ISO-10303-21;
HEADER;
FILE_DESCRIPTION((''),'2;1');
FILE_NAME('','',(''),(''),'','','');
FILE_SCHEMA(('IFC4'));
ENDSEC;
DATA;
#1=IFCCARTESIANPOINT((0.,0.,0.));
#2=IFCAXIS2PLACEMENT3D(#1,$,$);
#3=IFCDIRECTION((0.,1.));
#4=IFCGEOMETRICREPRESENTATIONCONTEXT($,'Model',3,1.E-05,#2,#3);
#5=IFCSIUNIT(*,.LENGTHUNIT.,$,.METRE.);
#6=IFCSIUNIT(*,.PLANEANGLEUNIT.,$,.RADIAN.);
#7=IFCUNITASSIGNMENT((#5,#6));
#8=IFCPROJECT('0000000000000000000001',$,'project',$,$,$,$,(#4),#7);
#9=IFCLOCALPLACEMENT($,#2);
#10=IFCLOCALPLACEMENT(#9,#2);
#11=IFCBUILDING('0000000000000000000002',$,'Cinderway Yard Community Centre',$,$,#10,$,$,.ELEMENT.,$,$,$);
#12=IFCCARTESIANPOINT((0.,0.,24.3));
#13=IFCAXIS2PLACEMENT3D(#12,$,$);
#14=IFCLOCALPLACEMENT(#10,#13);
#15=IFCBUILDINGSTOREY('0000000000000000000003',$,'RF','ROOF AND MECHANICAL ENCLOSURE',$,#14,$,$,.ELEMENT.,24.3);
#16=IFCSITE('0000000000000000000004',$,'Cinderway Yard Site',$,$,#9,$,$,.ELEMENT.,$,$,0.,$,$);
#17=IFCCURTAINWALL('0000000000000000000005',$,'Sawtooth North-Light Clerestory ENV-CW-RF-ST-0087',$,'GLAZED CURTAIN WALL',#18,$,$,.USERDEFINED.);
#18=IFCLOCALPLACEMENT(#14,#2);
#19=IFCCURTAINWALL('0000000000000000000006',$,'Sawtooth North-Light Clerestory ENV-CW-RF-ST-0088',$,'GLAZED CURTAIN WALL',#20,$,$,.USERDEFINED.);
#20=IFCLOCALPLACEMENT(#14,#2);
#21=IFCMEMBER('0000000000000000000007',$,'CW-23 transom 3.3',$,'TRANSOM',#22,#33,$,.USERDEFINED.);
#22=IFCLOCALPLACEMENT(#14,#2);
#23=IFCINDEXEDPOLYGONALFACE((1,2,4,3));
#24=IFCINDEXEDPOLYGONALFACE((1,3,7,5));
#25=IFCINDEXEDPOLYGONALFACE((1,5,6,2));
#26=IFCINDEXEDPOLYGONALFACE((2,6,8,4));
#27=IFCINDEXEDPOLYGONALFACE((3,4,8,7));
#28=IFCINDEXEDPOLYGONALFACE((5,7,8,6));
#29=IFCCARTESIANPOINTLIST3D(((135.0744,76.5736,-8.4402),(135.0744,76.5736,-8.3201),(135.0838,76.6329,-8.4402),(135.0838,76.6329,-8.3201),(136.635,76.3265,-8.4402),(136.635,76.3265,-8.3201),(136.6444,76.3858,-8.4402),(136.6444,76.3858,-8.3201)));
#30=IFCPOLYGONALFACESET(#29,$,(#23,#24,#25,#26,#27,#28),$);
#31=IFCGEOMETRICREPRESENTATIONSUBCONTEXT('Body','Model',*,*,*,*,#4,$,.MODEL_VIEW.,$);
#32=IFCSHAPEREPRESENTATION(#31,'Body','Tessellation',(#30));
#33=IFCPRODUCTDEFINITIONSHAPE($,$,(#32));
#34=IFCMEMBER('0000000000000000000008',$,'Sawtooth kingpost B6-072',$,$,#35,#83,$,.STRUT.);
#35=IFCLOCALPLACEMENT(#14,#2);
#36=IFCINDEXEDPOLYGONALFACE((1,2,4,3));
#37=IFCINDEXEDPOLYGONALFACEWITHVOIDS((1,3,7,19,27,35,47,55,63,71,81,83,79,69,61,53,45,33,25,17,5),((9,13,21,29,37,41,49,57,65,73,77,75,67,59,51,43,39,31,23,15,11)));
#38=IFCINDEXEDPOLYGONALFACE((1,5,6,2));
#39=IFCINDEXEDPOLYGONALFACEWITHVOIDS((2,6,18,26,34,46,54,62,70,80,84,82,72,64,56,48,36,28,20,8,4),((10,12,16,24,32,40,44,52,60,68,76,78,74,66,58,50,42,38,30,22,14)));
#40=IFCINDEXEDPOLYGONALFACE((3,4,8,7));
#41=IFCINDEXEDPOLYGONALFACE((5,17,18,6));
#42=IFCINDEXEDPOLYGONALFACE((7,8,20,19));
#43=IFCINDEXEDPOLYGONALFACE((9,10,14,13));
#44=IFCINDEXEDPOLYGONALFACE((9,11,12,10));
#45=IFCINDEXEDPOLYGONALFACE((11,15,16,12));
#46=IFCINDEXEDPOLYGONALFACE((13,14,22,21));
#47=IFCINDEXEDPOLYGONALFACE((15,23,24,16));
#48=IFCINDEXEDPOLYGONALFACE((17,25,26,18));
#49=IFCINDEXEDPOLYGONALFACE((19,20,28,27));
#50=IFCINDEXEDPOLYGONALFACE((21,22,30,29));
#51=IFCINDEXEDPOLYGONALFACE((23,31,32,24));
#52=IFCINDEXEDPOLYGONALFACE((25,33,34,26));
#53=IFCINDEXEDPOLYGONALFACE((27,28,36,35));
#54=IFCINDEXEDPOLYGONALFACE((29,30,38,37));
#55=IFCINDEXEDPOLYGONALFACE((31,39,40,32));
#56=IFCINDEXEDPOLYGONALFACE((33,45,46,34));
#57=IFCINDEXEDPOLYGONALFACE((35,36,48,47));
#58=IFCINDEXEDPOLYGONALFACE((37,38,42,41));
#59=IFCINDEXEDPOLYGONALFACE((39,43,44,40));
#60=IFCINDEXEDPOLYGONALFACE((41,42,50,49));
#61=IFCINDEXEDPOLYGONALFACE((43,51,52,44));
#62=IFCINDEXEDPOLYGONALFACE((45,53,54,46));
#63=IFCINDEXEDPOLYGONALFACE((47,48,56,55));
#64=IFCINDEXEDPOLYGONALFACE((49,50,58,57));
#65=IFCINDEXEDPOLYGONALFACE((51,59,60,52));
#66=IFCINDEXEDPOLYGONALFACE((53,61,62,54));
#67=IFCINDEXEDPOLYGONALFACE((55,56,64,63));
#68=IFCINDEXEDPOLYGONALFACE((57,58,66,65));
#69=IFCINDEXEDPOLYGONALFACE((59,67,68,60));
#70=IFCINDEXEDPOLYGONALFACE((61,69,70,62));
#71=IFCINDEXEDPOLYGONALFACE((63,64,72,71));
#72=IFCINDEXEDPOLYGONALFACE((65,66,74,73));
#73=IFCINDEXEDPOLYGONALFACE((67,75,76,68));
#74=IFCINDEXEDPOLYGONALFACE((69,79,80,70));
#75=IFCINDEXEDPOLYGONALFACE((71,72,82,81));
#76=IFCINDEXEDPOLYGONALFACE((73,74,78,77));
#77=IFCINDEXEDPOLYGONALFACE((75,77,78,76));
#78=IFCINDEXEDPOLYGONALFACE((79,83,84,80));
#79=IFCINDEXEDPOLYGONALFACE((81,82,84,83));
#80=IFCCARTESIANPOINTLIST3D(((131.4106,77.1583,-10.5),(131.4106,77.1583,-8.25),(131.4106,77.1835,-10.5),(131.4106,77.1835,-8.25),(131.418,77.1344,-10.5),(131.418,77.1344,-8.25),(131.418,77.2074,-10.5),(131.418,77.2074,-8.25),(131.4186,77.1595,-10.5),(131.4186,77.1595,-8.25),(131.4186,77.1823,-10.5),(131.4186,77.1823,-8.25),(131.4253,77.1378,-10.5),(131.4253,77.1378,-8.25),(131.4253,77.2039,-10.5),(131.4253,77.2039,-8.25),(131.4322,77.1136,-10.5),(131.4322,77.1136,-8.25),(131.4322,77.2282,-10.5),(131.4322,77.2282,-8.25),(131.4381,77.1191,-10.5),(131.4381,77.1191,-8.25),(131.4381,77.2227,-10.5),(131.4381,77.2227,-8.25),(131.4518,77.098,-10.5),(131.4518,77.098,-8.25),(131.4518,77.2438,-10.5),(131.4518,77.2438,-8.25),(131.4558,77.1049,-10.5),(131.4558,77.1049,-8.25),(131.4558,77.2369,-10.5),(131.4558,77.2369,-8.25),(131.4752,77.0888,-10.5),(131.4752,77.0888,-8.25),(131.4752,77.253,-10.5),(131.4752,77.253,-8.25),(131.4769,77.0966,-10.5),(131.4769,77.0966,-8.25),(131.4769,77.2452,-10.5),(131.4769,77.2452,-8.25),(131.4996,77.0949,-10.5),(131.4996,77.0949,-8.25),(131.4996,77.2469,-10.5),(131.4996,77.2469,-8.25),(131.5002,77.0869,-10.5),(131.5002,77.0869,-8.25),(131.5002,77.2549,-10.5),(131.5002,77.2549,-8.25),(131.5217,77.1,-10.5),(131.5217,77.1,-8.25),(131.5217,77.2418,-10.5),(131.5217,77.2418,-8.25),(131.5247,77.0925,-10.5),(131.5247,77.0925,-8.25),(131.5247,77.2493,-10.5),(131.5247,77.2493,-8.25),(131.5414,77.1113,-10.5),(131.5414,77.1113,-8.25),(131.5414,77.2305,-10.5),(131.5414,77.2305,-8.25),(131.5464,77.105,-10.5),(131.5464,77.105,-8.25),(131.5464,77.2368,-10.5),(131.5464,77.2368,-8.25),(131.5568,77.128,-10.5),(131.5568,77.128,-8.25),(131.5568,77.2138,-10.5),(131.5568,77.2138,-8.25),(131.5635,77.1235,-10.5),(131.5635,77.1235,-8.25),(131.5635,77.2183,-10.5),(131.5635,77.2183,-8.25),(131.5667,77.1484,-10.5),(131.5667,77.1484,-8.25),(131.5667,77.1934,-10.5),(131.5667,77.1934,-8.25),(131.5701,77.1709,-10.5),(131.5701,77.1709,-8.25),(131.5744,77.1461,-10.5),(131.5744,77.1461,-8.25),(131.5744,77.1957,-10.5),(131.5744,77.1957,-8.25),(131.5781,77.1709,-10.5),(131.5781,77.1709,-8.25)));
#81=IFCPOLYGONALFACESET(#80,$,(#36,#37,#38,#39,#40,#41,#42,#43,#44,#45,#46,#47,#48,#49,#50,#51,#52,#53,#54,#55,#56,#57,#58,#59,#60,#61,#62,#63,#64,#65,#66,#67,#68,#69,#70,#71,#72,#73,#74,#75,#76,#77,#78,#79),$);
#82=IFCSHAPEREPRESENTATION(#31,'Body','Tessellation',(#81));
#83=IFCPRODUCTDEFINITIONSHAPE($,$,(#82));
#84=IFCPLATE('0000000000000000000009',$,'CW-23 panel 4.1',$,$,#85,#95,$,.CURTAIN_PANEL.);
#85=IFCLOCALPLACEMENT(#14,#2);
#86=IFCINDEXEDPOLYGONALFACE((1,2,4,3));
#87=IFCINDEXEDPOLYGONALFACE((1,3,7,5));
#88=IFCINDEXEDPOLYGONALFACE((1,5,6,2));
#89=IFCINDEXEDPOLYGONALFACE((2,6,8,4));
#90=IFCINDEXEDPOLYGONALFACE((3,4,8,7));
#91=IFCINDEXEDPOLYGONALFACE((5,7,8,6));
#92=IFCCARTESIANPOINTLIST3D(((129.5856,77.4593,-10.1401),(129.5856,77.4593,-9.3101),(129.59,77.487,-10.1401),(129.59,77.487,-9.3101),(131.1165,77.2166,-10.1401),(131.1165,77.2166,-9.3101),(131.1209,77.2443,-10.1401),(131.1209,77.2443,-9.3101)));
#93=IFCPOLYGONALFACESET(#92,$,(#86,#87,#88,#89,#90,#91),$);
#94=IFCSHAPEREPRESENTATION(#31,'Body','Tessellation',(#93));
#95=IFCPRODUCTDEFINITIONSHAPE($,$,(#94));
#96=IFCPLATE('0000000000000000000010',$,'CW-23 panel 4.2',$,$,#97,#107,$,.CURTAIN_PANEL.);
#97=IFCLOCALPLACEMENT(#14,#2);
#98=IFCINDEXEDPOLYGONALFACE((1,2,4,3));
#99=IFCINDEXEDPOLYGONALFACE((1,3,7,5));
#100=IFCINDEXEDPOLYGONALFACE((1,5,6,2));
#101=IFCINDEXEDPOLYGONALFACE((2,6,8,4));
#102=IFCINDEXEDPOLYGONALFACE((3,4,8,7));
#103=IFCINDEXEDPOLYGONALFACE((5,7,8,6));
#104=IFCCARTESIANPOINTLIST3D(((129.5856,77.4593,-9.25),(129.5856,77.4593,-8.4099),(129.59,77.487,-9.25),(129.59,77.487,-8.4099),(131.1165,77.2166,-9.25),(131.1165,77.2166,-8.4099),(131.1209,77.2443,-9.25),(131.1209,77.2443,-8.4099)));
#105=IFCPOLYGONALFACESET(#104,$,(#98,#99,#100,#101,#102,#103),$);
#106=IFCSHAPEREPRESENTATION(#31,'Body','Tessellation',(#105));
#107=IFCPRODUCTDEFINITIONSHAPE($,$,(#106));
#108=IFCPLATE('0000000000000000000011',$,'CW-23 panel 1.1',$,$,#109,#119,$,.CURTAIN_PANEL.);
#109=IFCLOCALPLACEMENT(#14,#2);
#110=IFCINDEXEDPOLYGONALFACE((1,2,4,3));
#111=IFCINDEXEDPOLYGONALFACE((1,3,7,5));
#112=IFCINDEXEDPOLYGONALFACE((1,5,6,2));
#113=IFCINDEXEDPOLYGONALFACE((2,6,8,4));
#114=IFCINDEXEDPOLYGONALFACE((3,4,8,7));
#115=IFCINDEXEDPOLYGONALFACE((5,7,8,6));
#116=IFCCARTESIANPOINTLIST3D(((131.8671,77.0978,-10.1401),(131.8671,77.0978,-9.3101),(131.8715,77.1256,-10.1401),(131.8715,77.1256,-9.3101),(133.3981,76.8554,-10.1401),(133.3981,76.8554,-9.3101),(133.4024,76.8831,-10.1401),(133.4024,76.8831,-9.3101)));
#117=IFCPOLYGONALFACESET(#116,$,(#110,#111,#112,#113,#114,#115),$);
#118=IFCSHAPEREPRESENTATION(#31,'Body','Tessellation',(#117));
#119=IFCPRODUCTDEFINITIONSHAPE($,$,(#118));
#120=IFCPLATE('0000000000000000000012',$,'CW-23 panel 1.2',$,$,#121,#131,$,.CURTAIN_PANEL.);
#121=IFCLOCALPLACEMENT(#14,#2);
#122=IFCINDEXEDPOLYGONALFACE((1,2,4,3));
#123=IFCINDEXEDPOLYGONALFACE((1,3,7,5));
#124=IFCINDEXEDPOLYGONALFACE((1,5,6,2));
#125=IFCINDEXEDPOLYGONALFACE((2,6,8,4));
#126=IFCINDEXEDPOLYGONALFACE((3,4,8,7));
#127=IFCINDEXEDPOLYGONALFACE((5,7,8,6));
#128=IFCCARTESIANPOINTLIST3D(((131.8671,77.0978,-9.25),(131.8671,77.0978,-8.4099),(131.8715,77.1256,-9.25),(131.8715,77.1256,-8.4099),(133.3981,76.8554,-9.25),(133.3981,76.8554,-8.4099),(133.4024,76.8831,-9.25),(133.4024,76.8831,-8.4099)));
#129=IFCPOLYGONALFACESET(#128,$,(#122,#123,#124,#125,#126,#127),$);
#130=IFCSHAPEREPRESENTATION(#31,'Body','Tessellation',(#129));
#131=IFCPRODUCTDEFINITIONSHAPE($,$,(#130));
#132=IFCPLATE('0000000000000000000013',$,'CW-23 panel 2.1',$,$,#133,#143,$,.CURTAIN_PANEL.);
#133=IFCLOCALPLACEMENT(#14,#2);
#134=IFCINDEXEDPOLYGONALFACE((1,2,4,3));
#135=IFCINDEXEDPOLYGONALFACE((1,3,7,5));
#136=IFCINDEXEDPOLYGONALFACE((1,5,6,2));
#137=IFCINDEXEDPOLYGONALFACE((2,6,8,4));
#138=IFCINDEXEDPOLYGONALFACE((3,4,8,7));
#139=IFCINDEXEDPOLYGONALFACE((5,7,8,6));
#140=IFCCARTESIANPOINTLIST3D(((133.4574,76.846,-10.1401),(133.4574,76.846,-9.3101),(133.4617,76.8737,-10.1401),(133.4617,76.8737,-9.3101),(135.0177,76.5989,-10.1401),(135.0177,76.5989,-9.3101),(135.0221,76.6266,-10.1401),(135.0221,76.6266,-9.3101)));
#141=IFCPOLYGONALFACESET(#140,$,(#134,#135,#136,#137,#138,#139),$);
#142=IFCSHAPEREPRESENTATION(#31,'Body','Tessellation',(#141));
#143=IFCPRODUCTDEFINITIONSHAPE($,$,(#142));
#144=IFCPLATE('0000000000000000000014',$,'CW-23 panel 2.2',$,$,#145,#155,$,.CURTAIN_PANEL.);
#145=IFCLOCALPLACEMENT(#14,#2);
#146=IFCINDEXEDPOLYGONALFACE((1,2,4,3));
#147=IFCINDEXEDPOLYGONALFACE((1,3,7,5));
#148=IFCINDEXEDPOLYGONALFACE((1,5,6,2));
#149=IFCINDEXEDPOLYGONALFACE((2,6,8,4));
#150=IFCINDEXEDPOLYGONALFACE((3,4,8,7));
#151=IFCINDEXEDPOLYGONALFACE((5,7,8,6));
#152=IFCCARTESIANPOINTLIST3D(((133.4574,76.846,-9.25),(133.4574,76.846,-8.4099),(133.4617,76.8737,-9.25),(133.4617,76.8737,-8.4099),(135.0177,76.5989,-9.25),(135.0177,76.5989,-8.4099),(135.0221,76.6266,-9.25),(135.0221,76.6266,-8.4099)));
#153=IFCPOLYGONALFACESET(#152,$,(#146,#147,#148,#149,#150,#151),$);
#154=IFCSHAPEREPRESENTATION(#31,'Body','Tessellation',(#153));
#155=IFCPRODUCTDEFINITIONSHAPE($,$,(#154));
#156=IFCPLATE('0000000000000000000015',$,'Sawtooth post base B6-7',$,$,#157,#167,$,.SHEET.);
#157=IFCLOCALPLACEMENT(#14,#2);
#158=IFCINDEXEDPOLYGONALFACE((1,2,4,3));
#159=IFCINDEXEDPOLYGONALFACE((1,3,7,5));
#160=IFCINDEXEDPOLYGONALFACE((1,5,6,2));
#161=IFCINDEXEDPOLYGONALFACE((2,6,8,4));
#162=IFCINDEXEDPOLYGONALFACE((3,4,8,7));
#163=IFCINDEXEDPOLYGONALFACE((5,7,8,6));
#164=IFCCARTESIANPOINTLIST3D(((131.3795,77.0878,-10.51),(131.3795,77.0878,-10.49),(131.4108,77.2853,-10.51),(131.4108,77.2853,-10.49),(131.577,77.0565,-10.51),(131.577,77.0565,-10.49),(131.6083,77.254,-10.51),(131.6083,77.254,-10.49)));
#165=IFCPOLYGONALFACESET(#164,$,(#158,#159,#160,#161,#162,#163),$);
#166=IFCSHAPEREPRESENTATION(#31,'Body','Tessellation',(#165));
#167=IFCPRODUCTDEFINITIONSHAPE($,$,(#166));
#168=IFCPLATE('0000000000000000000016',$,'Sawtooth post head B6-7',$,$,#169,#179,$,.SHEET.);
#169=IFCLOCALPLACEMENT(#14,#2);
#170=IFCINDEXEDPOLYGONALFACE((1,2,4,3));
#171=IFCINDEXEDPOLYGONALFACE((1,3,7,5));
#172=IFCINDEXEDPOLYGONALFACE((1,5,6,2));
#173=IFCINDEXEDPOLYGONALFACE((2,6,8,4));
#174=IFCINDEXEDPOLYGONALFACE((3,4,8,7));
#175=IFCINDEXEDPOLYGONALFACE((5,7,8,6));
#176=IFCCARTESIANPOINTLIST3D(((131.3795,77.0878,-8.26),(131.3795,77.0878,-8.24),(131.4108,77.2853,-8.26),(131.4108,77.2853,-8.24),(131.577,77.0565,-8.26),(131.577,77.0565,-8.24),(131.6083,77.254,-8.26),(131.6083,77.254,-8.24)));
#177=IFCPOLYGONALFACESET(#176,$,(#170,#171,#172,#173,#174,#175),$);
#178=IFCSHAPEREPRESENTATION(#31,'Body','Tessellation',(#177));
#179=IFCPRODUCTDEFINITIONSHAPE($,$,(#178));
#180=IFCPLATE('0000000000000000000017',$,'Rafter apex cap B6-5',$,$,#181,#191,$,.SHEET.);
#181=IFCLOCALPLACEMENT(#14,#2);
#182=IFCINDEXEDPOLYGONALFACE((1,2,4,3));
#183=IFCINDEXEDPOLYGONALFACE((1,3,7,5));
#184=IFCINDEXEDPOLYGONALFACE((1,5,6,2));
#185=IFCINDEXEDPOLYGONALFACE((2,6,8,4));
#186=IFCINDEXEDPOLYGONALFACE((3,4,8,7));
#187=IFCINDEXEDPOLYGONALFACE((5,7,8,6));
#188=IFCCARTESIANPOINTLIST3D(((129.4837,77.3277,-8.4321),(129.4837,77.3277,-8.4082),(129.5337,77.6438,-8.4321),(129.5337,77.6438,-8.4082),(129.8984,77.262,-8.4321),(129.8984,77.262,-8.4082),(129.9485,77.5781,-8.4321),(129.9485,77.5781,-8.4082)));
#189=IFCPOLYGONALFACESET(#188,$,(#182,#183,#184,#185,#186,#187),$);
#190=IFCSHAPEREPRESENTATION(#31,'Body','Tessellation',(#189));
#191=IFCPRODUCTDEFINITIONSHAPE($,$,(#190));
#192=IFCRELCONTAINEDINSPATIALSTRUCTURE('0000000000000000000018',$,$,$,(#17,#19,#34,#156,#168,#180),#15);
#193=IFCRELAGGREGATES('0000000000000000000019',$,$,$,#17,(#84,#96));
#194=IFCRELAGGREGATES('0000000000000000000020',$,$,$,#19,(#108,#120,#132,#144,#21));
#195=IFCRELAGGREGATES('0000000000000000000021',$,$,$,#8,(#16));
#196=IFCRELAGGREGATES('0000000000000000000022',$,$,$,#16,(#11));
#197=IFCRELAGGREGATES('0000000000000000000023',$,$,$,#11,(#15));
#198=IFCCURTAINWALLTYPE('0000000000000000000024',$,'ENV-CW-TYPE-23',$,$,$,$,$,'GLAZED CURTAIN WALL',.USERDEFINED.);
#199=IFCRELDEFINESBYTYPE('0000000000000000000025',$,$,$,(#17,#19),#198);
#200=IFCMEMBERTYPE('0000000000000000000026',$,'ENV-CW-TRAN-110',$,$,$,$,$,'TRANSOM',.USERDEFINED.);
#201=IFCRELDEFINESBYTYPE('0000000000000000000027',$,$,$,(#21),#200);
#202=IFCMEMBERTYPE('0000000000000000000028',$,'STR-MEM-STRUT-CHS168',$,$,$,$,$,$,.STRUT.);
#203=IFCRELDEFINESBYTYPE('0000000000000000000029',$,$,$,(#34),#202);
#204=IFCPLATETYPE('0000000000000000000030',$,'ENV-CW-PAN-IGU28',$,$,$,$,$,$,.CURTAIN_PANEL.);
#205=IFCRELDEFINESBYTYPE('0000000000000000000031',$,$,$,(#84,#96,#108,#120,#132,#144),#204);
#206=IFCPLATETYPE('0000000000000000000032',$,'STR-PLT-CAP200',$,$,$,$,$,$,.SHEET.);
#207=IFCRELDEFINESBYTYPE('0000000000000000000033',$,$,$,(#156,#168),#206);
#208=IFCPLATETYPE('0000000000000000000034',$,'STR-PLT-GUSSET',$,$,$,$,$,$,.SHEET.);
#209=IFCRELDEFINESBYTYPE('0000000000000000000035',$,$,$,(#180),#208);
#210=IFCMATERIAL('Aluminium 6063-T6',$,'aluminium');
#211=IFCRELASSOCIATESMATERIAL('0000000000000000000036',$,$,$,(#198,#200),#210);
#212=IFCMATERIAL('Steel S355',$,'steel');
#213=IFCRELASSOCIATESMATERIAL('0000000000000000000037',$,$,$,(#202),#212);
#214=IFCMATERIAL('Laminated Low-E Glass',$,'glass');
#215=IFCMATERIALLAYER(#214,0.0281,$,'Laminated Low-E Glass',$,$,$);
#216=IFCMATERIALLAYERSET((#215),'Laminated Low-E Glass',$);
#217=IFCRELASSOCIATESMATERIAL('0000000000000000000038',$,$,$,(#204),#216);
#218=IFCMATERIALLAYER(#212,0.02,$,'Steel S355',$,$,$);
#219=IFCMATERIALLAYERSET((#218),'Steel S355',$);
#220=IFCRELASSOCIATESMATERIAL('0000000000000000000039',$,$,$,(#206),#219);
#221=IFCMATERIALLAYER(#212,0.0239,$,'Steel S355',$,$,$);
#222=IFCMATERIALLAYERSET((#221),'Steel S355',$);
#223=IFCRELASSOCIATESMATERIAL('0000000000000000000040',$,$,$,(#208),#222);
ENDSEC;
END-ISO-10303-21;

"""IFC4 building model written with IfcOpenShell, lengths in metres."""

from ifc_helpers import new_model, si_unit, direction, frame, origin, origin_2d, place, context, subcontext, project, spatial, rectangle, hollow_circle, extrude, material, layer, layer_set, material_profile, profile_set, type_object, element, aggregate, save


model = new_model("IFC4")

# Units and contexts
model_context = context("Model", 3, precision=1e-05, world=origin(), true_north=direction((0.0, 1.0)))
body_context = subcontext(model_context, "Body", "Model", "MODEL_VIEW")
ifc_project = project(units=[si_unit("LENGTHUNIT", "METRE"), si_unit("PLANEANGLEUNIT", "RADIAN")], contexts=[model_context])

# Site, building, storey
site_placement = place(None, origin())
site = spatial("IfcSite", under=ifc_project, at=site_placement, Name="Cinderway Yard Site", CompositionType="ELEMENT", RefElevation=0.0)
building_placement = place(site_placement, origin())
building = spatial("IfcBuilding", under=site, at=building_placement, Name="Cinderway Yard Community Centre", CompositionType="ELEMENT")
storey_placement = place(building_placement, frame((0.0, 0.0, 24.3)))
storey = spatial("IfcBuildingStorey", under=building, at=storey_placement, Name="RF", Description="ROOF AND MECHANICAL ENCLOSURE", CompositionType="ELEMENT", Elevation=24.3)

# Curtain walls
ifc_material_1 = material(Name="Aluminium 6063-T6", Category="aluminium")
curtain_wall_type = type_object("IfcCurtainWallType", Name="ENV-CW-TYPE-23", ElementType="GLAZED CURTAIN WALL", PredefinedType="USERDEFINED", material=ifc_material_1)
curtain_wall_1_placement = place(storey_placement, origin())
curtain_wall_1 = element("IfcCurtainWall", 1, at=curtain_wall_1_placement, inside=storey, type_object=curtain_wall_type, Name="Sawtooth North-Light Clerestory ENV-CW-RF-ST-0087", ObjectType="GLAZED CURTAIN WALL", PredefinedType="USERDEFINED")
curtain_wall_2_placement = place(storey_placement, origin())
curtain_wall_2 = element("IfcCurtainWall", 2, at=curtain_wall_2_placement, inside=storey, type_object=curtain_wall_type, Name="Sawtooth North-Light Clerestory ENV-CW-RF-ST-0088", ObjectType="GLAZED CURTAIN WALL", PredefinedType="USERDEFINED")

# Members
ifc_material_profile_1 = material_profile(ifc_material_1, rectangle(XDim=0.0601, YDim=0.1201, at=origin_2d()), Name="Aluminium 6063-T6")
ifc_profile_set_1 = profile_set([ifc_material_profile_1], Name="Aluminium 6063-T6")
member_type_1 = type_object("IfcMemberType", Name="ENV-CW-TRAN-110", ElementType="TRANSOM", PredefinedType="USERDEFINED", material=ifc_profile_set_1)
member_1_placement = place(storey_placement, frame((135.0791, 76.6033, -8.3801), z_axis=(0.987698, -0.156375, 0.0), x_axis=(0.156375, 0.987698, 0.0)))
member_1 = element("IfcMember", 3, at=member_1_placement, type_object=member_type_1, Name="CW-23 transom 3.3", ObjectType="TRANSOM", PredefinedType="USERDEFINED", context=body_context, shape_type="SweptSolid", body=[
    extrude(rectangle(XDim=0.0601, YDim=0.1201, at=origin_2d()), origin(), (0.0, 0.0, 1.0), 1.5801),
])
ifc_material_2 = material(Name="Steel S355", Category="steel")
ifc_material_profile_2 = material_profile(ifc_material_2, hollow_circle(Radius=0.0842, WallThickness=0.0081, at=origin_2d()), Name="Steel S355")
ifc_profile_set_2 = profile_set([ifc_material_profile_2], Name="Steel S355")
member_type_2 = type_object("IfcMemberType", Name="STR-MEM-STRUT-CHS168", PredefinedType="STRUT", material=ifc_profile_set_2)
member_2_placement = place(storey_placement, frame((131.4939, 77.1709, -10.5), z_axis=(0.0, 0.0, 1.0), x_axis=(1.0, 0.0, 0.0)))
element("IfcMember", 4, at=member_2_placement, inside=storey, type_object=member_type_2, Name="Sawtooth kingpost B6-072", PredefinedType="STRUT", context=body_context, shape_type="SweptSolid", body=[
    extrude(hollow_circle(Radius=0.0842, WallThickness=0.0081, at=origin_2d()), origin(), (0.0, 0.0, 1.0), 2.25),
])

# Plates
ifc_material_3 = material(Name="Laminated Low-E Glass", Category="glass")
ifc_layer_1 = layer(ifc_material_3, 0.0281, Name="Laminated Low-E Glass")
ifc_layer_set_1 = layer_set([ifc_layer_1], Name="Laminated Low-E Glass")
plate_type_1 = type_object("IfcPlateType", Name="ENV-CW-PAN-IGU28", PredefinedType="CURTAIN_PANEL", material=ifc_layer_set_1)
plate_1_placement = place(storey_placement, frame((130.3533, 77.3518, -10.1401), z_axis=(0.0, 0.0, 1.0), x_axis=(0.987669, -0.156557, 0.0)))
plate_1 = element("IfcPlate", 5, at=plate_1_placement, type_object=plate_type_1, Name="CW-23 panel 4.1", PredefinedType="CURTAIN_PANEL", context=body_context, shape_type="SweptSolid", body=[
    extrude(rectangle(XDim=1.55, YDim=0.0281, at=origin_2d()), origin(), (0.0, 0.0, 1.0), 0.8301),
])
plate_2_placement = place(storey_placement, frame((130.3533, 77.3518, -9.25), z_axis=(0.0, 0.0, 1.0), x_axis=(0.987669, -0.156557, 0.0)))
plate_2 = element("IfcPlate", 6, at=plate_2_placement, type_object=plate_type_1, Name="CW-23 panel 4.2", PredefinedType="CURTAIN_PANEL", context=body_context, shape_type="SweptSolid", body=[
    extrude(rectangle(XDim=1.55, YDim=0.0281, at=origin_2d()), origin(), (0.0, 0.0, 1.0), 0.8401),
])
aggregate(curtain_wall_1, [plate_1, plate_2])
plate_3_placement = place(storey_placement, frame((132.6348, 76.9905, -10.1401), z_axis=(0.0, 0.0, 1.0), x_axis=(0.987692, -0.156409, 0.0)))
plate_3 = element("IfcPlate", 7, at=plate_3_placement, type_object=plate_type_1, Name="CW-23 panel 1.1", PredefinedType="CURTAIN_PANEL", context=body_context, shape_type="SweptSolid", body=[
    extrude(rectangle(XDim=1.55, YDim=0.0281, at=origin_2d()), origin(), (0.0, 0.0, 1.0), 0.8301),
])
plate_4_placement = place(storey_placement, frame((132.6348, 76.9905, -9.25), z_axis=(0.0, 0.0, 1.0), x_axis=(0.987692, -0.156409, 0.0)))
plate_4 = element("IfcPlate", 8, at=plate_4_placement, type_object=plate_type_1, Name="CW-23 panel 1.2", PredefinedType="CURTAIN_PANEL", context=body_context, shape_type="SweptSolid", body=[
    extrude(rectangle(XDim=1.55, YDim=0.0281, at=origin_2d()), origin(), (0.0, 0.0, 1.0), 0.8401),
])
plate_5_placement = place(storey_placement, frame((134.2397, 76.7363, -10.1401), z_axis=(0.0, 0.0, 1.0), x_axis=(0.987692, -0.156409, 0.0)))
plate_5 = element("IfcPlate", 9, at=plate_5_placement, type_object=plate_type_1, Name="CW-23 panel 2.1", PredefinedType="CURTAIN_PANEL", context=body_context, shape_type="SweptSolid", body=[
    extrude(rectangle(XDim=1.5798, YDim=0.0281, at=origin_2d()), origin(), (0.0, 0.0, 1.0), 0.8301),
])
plate_6_placement = place(storey_placement, frame((134.2397, 76.7363, -9.25), z_axis=(0.0, 0.0, 1.0), x_axis=(0.987692, -0.156409, 0.0)))
plate_6 = element("IfcPlate", 10, at=plate_6_placement, type_object=plate_type_1, Name="CW-23 panel 2.2", PredefinedType="CURTAIN_PANEL", context=body_context, shape_type="SweptSolid", body=[
    extrude(rectangle(XDim=1.5798, YDim=0.0281, at=origin_2d()), origin(), (0.0, 0.0, 1.0), 0.8401),
])
aggregate(curtain_wall_2, [plate_3, plate_4, plate_5, plate_6, member_1])

# Plates
ifc_layer_2 = layer(ifc_material_2, 0.02, Name="Steel S355")
ifc_layer_set_2 = layer_set([ifc_layer_2], Name="Steel S355")
plate_type_2 = type_object("IfcPlateType", Name="STR-PLT-CAP200", PredefinedType="SHEET", material=ifc_layer_set_2)
for number, where, z_axis, x_axis, name in (
    (11, (131.4939, 77.1709, -10.51), (0.0, 0.0, 1.0), (0.987688, -0.156434, 0.0), "Sawtooth post base B6-7"),
    (12, (131.4939, 77.1709, -8.26), (0.0, 0.0, 1.0), (0.987688, -0.156434, 0.0), "Sawtooth post head B6-7"),
):
    element("IfcPlate", number, at=place(storey_placement, frame(where, z_axis=z_axis, x_axis=x_axis)), inside=storey, type_object=plate_type_2, Name=name, PredefinedType="SHEET", context=body_context, shape_type="SweptSolid", body=[
        extrude(rectangle(XDim=0.2, YDim=0.2, at=origin_2d()), origin(), (0.0, 0.0, 1.0), 0.02),
    ])
ifc_layer_3 = layer(ifc_material_2, 0.0239, Name="Steel S355")
ifc_layer_set_3 = layer_set([ifc_layer_3], Name="Steel S355")
plate_type_3 = type_object("IfcPlateType", Name="STR-PLT-GUSSET", PredefinedType="SHEET", material=ifc_layer_set_3)
for number, where, z_axis, x_axis, name in (
    (13, (129.7161, 77.4529, -8.4321), (0.0, 0.0, 1.0), (0.987688, -0.156434, 0.0), "Rafter apex cap B6-5"),
):
    element("IfcPlate", number, at=place(storey_placement, frame(where, z_axis=z_axis, x_axis=x_axis)), inside=storey, type_object=plate_type_3, Name=name, PredefinedType="SHEET", context=body_context, shape_type="SweptSolid", body=[
        extrude(rectangle(XDim=0.4199, YDim=0.3201, at=origin_2d()), origin(), (0.0, 0.0, 1.0), 0.0239),
    ])

save(model, "model.ifc")
